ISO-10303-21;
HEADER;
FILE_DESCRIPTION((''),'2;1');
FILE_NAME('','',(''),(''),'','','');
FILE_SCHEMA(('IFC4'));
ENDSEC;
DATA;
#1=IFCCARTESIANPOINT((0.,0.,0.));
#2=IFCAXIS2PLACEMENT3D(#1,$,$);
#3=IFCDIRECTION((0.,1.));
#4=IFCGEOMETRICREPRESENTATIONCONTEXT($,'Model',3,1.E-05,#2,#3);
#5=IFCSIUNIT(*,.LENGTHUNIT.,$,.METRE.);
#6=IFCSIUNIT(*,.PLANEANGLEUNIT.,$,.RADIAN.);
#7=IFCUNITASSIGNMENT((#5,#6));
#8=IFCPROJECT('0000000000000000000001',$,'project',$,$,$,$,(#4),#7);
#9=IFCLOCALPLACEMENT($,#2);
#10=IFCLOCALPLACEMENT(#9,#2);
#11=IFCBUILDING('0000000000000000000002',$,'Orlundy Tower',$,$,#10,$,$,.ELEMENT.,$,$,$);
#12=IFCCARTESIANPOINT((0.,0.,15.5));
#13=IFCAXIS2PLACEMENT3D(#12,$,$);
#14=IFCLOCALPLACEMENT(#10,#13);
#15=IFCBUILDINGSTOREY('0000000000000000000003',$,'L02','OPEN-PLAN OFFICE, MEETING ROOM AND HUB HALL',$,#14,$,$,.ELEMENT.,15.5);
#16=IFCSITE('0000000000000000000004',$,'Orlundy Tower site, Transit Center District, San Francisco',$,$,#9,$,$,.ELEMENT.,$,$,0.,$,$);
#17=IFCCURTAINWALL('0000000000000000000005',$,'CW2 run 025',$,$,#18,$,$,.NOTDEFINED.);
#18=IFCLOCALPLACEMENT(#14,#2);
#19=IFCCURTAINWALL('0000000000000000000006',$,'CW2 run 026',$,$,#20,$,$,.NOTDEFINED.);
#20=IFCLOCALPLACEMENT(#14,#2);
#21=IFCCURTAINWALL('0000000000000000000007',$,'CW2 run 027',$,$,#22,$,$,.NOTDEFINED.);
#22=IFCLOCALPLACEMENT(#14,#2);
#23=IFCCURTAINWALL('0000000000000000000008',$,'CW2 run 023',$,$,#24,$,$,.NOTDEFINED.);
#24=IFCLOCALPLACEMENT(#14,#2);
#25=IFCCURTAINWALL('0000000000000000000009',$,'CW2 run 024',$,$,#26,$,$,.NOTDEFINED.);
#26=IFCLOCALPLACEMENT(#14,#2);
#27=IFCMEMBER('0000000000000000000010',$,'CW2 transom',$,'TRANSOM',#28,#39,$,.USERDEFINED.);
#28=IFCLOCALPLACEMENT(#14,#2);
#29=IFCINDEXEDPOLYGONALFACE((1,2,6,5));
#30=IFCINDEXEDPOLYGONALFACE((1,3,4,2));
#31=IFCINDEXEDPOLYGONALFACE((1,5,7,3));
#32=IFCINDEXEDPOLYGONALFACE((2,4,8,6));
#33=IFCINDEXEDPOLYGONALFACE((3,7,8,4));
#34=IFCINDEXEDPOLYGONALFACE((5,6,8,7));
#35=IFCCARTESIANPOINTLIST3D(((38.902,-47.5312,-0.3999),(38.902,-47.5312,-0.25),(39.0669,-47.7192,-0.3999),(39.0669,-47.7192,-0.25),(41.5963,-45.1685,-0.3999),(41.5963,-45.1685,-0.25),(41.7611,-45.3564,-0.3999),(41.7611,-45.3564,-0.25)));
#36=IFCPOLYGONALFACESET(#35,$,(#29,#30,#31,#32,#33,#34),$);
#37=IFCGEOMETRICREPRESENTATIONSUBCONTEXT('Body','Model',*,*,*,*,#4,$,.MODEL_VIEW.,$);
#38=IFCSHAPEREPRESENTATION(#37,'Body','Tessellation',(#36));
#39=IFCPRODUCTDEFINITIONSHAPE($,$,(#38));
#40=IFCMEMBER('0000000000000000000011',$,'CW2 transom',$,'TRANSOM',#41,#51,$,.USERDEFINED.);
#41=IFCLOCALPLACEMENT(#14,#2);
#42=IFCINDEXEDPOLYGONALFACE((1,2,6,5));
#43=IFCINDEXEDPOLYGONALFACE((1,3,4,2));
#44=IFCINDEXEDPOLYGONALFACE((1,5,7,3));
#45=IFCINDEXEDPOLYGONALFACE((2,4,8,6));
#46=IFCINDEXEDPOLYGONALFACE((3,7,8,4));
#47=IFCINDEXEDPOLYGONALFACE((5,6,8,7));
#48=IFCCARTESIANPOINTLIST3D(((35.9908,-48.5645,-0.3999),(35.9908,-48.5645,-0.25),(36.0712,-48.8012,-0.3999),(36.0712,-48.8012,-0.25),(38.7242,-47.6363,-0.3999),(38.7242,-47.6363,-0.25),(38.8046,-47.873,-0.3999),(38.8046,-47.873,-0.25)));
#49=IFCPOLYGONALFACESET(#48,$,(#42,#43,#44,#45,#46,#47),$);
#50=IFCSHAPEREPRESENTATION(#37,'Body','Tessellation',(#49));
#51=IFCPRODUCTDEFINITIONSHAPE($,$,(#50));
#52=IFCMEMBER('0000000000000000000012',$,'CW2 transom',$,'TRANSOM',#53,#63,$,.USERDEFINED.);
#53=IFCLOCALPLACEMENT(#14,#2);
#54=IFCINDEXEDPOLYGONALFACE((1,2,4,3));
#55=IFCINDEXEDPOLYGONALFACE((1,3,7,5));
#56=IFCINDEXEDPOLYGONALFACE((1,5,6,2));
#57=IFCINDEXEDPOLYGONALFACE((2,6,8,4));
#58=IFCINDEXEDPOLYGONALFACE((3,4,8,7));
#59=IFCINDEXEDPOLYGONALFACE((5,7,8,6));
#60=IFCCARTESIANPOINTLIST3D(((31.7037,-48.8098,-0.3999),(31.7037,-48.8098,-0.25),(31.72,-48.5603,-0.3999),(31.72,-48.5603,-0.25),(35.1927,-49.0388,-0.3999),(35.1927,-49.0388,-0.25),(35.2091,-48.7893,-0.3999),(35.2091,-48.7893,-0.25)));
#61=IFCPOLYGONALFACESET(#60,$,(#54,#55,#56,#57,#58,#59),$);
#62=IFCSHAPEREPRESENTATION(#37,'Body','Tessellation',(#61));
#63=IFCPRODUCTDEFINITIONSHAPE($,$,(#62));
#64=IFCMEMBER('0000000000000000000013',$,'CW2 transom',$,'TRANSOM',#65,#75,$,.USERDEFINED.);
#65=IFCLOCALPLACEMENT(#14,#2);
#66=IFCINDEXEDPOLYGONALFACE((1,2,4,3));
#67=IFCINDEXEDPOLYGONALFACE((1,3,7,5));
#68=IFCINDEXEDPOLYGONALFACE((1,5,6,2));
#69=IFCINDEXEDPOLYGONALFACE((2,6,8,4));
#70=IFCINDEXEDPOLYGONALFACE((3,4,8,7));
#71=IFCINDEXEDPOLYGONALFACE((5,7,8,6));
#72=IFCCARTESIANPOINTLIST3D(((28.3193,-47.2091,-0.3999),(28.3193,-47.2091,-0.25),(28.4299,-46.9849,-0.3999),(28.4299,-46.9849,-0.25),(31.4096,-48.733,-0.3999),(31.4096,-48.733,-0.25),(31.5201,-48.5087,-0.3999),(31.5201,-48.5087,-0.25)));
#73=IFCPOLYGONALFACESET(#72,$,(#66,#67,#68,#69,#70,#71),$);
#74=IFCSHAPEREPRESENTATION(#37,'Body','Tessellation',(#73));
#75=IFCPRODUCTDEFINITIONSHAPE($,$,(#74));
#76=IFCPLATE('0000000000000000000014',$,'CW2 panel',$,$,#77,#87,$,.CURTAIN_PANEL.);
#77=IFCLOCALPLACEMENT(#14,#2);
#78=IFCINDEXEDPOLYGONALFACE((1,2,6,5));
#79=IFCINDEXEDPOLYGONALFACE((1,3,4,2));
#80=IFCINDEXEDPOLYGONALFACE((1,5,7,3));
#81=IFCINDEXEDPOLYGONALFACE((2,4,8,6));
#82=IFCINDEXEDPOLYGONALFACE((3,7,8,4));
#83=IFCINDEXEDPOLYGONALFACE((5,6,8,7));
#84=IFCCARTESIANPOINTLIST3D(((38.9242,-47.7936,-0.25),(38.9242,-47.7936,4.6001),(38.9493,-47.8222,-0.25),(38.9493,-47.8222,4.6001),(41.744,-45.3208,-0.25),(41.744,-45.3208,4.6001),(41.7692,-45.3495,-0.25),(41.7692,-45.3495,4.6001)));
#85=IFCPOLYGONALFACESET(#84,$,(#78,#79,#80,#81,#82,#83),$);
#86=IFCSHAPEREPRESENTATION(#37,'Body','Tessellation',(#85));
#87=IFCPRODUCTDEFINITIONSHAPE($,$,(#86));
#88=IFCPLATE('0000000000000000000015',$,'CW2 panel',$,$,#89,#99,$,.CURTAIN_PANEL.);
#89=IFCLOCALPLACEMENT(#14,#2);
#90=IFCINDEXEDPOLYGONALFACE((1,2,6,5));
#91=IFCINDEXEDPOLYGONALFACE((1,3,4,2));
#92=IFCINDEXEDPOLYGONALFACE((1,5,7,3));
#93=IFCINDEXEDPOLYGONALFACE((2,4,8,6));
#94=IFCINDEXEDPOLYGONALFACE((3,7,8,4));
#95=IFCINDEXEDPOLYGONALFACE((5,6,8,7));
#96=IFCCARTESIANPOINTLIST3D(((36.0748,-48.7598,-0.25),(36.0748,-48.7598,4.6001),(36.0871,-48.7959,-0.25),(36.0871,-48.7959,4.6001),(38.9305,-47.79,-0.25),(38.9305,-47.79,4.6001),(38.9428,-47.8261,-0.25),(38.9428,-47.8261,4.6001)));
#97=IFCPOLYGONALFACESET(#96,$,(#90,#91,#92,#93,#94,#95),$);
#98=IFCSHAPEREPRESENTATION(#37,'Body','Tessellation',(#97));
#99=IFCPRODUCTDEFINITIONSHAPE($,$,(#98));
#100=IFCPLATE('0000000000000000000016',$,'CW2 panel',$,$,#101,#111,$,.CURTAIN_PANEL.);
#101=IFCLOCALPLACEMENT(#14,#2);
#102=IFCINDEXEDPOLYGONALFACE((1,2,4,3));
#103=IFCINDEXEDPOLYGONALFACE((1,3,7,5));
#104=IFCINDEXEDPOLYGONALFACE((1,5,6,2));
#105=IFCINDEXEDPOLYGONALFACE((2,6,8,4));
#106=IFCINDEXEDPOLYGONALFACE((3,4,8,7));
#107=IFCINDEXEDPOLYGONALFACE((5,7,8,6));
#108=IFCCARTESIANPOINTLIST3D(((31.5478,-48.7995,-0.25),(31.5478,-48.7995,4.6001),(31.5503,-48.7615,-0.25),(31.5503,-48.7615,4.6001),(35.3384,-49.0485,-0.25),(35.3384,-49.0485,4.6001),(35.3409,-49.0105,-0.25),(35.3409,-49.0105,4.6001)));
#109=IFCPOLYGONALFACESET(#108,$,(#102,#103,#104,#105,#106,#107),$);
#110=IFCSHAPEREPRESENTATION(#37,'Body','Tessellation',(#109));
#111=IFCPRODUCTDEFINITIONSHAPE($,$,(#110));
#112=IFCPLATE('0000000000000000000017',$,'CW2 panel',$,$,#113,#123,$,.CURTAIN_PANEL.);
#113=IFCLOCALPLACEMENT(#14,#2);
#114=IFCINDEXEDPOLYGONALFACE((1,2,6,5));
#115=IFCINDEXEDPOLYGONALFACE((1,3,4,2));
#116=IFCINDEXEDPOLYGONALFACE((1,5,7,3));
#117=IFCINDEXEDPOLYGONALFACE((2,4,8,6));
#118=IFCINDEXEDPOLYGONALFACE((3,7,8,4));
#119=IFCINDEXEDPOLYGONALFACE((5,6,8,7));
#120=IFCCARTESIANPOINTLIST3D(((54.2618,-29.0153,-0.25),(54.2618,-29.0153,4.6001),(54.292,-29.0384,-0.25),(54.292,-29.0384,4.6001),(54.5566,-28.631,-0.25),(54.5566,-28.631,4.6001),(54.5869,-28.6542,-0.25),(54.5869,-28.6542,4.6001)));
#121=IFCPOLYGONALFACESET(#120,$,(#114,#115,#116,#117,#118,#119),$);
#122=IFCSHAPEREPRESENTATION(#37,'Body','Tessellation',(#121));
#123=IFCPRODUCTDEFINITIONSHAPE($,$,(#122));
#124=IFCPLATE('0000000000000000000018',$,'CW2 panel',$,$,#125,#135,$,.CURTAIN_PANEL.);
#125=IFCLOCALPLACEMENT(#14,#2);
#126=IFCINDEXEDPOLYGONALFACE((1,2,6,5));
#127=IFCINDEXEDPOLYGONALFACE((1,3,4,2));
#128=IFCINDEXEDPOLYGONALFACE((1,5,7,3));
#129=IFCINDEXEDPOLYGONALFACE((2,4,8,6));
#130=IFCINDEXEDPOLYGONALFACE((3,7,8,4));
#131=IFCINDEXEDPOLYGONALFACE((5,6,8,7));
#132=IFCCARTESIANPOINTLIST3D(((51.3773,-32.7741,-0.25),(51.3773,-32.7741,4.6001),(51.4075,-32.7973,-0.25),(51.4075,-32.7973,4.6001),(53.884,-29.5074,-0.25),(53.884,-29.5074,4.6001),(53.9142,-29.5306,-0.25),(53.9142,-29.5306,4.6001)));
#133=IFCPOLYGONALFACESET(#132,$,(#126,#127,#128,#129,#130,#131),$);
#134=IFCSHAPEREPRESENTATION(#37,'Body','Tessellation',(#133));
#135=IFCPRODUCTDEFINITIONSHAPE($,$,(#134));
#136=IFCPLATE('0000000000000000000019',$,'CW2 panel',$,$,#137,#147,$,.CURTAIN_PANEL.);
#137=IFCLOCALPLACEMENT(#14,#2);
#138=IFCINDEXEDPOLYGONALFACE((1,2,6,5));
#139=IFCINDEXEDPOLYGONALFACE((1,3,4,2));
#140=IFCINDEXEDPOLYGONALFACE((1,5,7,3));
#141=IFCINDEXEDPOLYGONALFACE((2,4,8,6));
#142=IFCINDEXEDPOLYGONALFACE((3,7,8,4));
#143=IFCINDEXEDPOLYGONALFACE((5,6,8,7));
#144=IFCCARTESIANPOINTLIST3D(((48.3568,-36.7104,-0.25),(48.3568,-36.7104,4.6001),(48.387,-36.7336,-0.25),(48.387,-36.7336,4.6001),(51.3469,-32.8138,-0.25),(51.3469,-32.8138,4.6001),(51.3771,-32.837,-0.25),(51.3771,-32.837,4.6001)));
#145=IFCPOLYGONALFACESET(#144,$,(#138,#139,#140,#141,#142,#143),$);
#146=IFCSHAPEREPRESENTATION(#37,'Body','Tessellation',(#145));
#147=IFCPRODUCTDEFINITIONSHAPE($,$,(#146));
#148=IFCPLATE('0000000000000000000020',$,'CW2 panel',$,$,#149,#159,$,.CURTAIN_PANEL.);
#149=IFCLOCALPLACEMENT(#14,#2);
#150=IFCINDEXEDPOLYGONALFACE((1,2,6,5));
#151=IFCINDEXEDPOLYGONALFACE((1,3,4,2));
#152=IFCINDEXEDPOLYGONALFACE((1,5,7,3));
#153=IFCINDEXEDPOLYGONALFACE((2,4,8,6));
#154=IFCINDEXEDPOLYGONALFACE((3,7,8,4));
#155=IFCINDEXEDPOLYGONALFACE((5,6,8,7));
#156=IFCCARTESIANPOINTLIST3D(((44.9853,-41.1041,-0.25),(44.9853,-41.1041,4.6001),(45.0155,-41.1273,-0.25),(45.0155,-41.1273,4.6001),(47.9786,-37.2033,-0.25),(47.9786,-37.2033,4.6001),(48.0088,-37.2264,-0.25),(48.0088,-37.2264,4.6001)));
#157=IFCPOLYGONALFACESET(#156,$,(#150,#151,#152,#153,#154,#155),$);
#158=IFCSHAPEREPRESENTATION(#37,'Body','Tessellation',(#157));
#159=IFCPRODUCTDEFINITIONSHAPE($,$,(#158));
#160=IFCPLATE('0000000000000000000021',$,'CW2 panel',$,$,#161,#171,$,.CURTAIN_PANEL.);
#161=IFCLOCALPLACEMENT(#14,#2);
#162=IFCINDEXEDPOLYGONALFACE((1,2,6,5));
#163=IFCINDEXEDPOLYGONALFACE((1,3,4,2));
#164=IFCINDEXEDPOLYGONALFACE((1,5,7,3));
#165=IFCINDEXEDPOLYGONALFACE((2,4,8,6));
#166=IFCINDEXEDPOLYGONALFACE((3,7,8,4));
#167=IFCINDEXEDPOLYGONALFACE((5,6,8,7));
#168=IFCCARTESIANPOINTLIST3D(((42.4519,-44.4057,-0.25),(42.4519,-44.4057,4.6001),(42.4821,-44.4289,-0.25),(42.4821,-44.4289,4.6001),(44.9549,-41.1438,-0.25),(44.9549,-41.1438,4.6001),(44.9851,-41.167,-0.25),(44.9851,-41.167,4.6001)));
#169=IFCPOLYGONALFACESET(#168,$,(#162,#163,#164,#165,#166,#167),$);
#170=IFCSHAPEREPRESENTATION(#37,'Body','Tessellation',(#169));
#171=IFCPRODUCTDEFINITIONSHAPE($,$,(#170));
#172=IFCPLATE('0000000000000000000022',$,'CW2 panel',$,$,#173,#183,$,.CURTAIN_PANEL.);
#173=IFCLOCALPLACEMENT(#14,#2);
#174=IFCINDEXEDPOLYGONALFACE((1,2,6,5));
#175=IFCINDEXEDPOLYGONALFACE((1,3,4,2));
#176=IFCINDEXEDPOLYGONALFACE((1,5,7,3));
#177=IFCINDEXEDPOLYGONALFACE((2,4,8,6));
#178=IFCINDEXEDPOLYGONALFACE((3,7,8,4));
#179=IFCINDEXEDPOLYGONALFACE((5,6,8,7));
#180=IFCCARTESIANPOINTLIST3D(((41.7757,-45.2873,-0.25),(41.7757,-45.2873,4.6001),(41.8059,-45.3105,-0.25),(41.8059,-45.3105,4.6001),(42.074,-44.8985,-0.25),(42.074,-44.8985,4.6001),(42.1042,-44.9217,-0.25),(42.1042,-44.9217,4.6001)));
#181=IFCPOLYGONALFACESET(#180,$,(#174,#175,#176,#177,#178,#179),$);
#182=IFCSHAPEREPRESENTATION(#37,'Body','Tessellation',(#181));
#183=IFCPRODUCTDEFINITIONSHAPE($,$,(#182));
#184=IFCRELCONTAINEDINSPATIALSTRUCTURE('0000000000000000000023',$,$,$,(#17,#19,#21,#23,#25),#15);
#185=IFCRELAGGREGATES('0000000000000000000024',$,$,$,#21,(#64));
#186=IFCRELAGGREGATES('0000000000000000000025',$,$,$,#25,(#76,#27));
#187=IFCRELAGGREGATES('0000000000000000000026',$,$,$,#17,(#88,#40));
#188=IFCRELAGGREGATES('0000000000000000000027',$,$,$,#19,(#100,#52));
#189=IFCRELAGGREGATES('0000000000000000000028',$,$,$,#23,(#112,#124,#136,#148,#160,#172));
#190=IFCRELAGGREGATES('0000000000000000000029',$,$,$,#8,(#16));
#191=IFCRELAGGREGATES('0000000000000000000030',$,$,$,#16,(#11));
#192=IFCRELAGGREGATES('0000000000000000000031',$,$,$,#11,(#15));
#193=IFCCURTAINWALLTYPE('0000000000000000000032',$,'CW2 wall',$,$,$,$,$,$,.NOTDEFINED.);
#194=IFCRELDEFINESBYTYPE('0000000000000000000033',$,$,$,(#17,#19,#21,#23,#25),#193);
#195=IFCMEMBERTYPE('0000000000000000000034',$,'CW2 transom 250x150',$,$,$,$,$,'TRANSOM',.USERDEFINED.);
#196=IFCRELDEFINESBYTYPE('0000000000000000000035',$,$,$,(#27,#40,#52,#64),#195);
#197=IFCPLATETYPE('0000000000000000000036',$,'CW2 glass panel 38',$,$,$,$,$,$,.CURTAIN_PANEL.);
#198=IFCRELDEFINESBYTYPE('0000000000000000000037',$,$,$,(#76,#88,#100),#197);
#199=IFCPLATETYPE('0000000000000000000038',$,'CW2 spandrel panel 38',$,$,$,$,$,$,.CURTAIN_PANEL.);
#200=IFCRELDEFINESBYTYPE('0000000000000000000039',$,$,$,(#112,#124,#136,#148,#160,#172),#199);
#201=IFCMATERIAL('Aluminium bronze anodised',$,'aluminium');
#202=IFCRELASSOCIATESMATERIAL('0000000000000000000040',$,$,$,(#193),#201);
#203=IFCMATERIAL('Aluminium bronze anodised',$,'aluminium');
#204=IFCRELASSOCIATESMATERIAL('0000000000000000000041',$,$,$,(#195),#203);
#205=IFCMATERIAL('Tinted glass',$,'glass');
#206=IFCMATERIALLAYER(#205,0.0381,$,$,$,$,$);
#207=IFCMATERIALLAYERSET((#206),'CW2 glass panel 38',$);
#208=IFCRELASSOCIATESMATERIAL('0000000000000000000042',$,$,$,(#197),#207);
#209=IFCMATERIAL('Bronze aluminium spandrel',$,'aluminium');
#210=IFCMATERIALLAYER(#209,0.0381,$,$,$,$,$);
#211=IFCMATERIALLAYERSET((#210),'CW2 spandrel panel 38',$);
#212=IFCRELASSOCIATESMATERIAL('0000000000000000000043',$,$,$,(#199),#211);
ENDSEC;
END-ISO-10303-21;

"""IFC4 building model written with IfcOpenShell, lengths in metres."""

from ifc_helpers import new_model, si_unit, direction, frame, origin, origin_2d, place, context, subcontext, project, spatial, rectangle, extrude, material, layer, layer_set, material_profile, profile_set, type_object, element, aggregate, save


model = new_model("IFC4")

# Units and contexts
model_context = context("Model", 3, precision=1e-05, world=origin(), true_north=direction((0.0, 1.0)))
body_context = subcontext(model_context, "Body", "Model", "MODEL_VIEW")
ifc_project = project(units=[si_unit("LENGTHUNIT", "METRE"), si_unit("PLANEANGLEUNIT", "RADIAN")], contexts=[model_context])

# Site, building, storey
site_placement = place(None, origin())
site = spatial("IfcSite", under=ifc_project, at=site_placement, Name="Orlundy Tower site, Transit Center District, San Francisco", CompositionType="ELEMENT", RefElevation=0.0)
building_placement = place(site_placement, origin())
building = spatial("IfcBuilding", under=site, at=building_placement, Name="Orlundy Tower", CompositionType="ELEMENT")
storey_placement = place(building_placement, frame((0.0, 0.0, 15.5)))
storey = spatial("IfcBuildingStorey", under=building, at=storey_placement, Name="L02", Description="OPEN-PLAN OFFICE, MEETING ROOM AND HUB HALL", CompositionType="ELEMENT", Elevation=15.5)

# Curtain walls
ifc_material_1 = material(Name="Aluminium bronze anodised", Category="aluminium")
curtain_wall_type = type_object("IfcCurtainWallType", Name="CW2 wall", PredefinedType="NOTDEFINED", material=ifc_material_1)
curtain_wall_1_placement = place(storey_placement, origin())
curtain_wall_1 = element("IfcCurtainWall", 1, at=curtain_wall_1_placement, inside=storey, type_object=curtain_wall_type, Name="CW2 run 025", PredefinedType="NOTDEFINED")
curtain_wall_2_placement = place(storey_placement, origin())
curtain_wall_2 = element("IfcCurtainWall", 2, at=curtain_wall_2_placement, inside=storey, type_object=curtain_wall_type, Name="CW2 run 026", PredefinedType="NOTDEFINED")
curtain_wall_3_placement = place(storey_placement, origin())
curtain_wall_3 = element("IfcCurtainWall", 3, at=curtain_wall_3_placement, inside=storey, type_object=curtain_wall_type, Name="CW2 run 027", PredefinedType="NOTDEFINED")

# Curtain wall
curtain_wall_4_placement = place(storey_placement, origin())
curtain_wall_4 = element("IfcCurtainWall", 4, at=curtain_wall_4_placement, inside=storey, type_object=curtain_wall_type, Name="CW2 run 023", PredefinedType="NOTDEFINED")

# Curtain wall
curtain_wall_5_placement = place(storey_placement, origin())
curtain_wall_5 = element("IfcCurtainWall", 5, at=curtain_wall_5_placement, inside=storey, type_object=curtain_wall_type, Name="CW2 run 024", PredefinedType="NOTDEFINED")

# Members
ifc_material_2 = material(Name="Aluminium bronze anodised", Category="aluminium")
ifc_material_profile_1 = material_profile(ifc_material_2, rectangle(XDim=0.25, YDim=0.1499, at=origin_2d()), Name="CW2 transom 250x150")
ifc_profile_set_1 = profile_set([ifc_material_profile_1], Name="Aluminium bronze anodised")
member_type_1 = type_object("IfcMemberType", Name="CW2 transom 250x150", ElementType="TRANSOM", PredefinedType="USERDEFINED", material=ifc_profile_set_1)
member_1_placement = place(storey_placement, frame((41.6787, -45.2625, -0.325), z_axis=(-0.75185, -0.659334, 0.0), x_axis=(0.659334, -0.75185, 0.0)))
member_1 = element("IfcMember", 6, at=member_1_placement, type_object=member_type_1, Name="CW2 transom", ObjectType="TRANSOM", PredefinedType="USERDEFINED", context=body_context, shape_type="SweptSolid", body=[
    extrude(rectangle(XDim=0.25, YDim=0.1499, at=origin_2d()), origin(), (0.0, 0.0, 1.0), 3.5835),
])
member_2_placement = place(storey_placement, frame((38.7644, -47.7546, -0.325), z_axis=(-0.946892, -0.321551, 0.0), x_axis=(0.321551, -0.946892, 0.0)))
member_2 = element("IfcMember", 7, at=member_2_placement, type_object=member_type_1, Name="CW2 transom", ObjectType="TRANSOM", PredefinedType="USERDEFINED", context=body_context, shape_type="SweptSolid", body=[
    extrude(rectangle(XDim=0.25, YDim=0.1499, at=origin_2d()), origin(), (0.0, 0.0, 1.0), 2.8867),
])
member_3_placement = place(storey_placement, frame((35.2009, -48.9141, -0.325), z_axis=(-0.997853, 0.065495, 0.0), x_axis=(-0.065495, -0.997853, 0.0)))
member_3 = element("IfcMember", 8, at=member_3_placement, type_object=member_type_1, Name="CW2 transom", ObjectType="TRANSOM", PredefinedType="USERDEFINED", context=body_context, shape_type="SweptSolid", body=[
    extrude(rectangle(XDim=0.25, YDim=0.1499, at=origin_2d()), origin(), (0.0, 0.0, 1.0), 3.4966),
])
member_4_placement = place(storey_placement, frame((31.4648, -48.6208, -0.325), z_axis=(-0.896879, 0.442275, 0.0), x_axis=(-0.442275, -0.896879, 0.0)))
member_4 = element("IfcMember", 9, at=member_4_placement, type_object=member_type_1, Name="CW2 transom", ObjectType="TRANSOM", PredefinedType="USERDEFINED", context=body_context, shape_type="SweptSolid", body=[
    extrude(rectangle(XDim=0.25, YDim=0.1499, at=origin_2d()), origin(), (0.0, 0.0, 1.0), 3.4456),
])
aggregate(curtain_wall_3, [member_4])

# Plates
ifc_material_3 = material(Name="Tinted glass", Category="glass")
ifc_layer_1 = layer(ifc_material_3, 0.0381)
ifc_layer_set_1 = layer_set([ifc_layer_1], Name="CW2 glass panel 38")
plate_type_1 = type_object("IfcPlateType", Name="CW2 glass panel 38", PredefinedType="CURTAIN_PANEL", material=ifc_layer_set_1)
plate_1_placement = place(storey_placement, frame((40.3467, -46.5715, -0.25), z_axis=(0.0, 0.0, 1.0), x_axis=(-0.751858, -0.659325, 0.0)))
plate_1 = element("IfcPlate", 10, at=plate_1_placement, type_object=plate_type_1, Name="CW2 panel", PredefinedType="CURTAIN_PANEL", context=body_context, shape_type="SweptSolid", body=[
    extrude(rectangle(XDim=3.7505, YDim=0.0381, at=origin_2d()), origin(), (0.0, 0.0, 1.0), 4.8501),
])
aggregate(curtain_wall_5, [plate_1, member_1])
plate_2_placement = place(storey_placement, frame((37.5088, -48.293, -0.25), z_axis=(0.0, 0.0, 1.0), x_axis=(-0.946888, -0.321564, 0.0)))
plate_2 = element("IfcPlate", 11, at=plate_2_placement, type_object=plate_type_1, Name="CW2 panel", PredefinedType="CURTAIN_PANEL", context=body_context, shape_type="SweptSolid", body=[
    extrude(rectangle(XDim=3.0159, YDim=0.0381, at=origin_2d()), origin(), (0.0, 0.0, 1.0), 4.8501),
])
aggregate(curtain_wall_1, [plate_2, member_2])
plate_3_placement = place(storey_placement, frame((33.4443, -48.905, -0.25), z_axis=(0.0, 0.0, 1.0), x_axis=(-0.997849, 0.065552, 0.0)))
plate_3 = element("IfcPlate", 12, at=plate_3_placement, type_object=plate_type_1, Name="CW2 panel", PredefinedType="CURTAIN_PANEL", context=body_context, shape_type="SweptSolid", body=[
    extrude(rectangle(XDim=3.7988, YDim=0.0381, at=origin_2d()), origin(), (0.0, 0.0, 1.0), 4.8501),
])
aggregate(curtain_wall_2, [plate_3, member_3])
ifc_material_4 = material(Name="Bronze aluminium spandrel", Category="aluminium")
ifc_layer_2 = layer(ifc_material_4, 0.0381)
ifc_layer_set_2 = layer_set([ifc_layer_2], Name="CW2 spandrel panel 38")
plate_type_2 = type_object("IfcPlateType", Name="CW2 spandrel panel 38", PredefinedType="CURTAIN_PANEL", material=ifc_layer_set_2)
plate_4_placement = place(storey_placement, frame((54.4243, -28.8347, -0.25), z_axis=(0.0, 0.0, 1.0), x_axis=(-0.608771, -0.793346, 0.0)))
plate_4 = element("IfcPlate", 13, at=plate_4_placement, type_object=plate_type_2, Name="CW2 panel", PredefinedType="CURTAIN_PANEL", context=body_context, shape_type="SweptSolid", body=[
    extrude(rectangle(XDim=0.4844, YDim=0.0381, at=origin_2d()), origin(), (0.0, 0.0, 1.0), 4.8501),
])
plate_5_placement = place(storey_placement, frame((52.6458, -31.1523, -0.25), z_axis=(0.0, 0.0, 1.0), x_axis=(-0.608771, -0.793346, 0.0)))
plate_5 = element("IfcPlate", 14, at=plate_5_placement, type_object=plate_type_2, Name="CW2 panel", PredefinedType="CURTAIN_PANEL", context=body_context, shape_type="SweptSolid", body=[
    extrude(rectangle(XDim=4.1177, YDim=0.0381, at=origin_2d()), origin(), (0.0, 0.0, 1.0), 4.8501),
])
plate_6_placement = place(storey_placement, frame((49.8669, -34.7737, -0.25), z_axis=(0.0, 0.0, 1.0), x_axis=(-0.608771, -0.793346, 0.0)))
plate_6 = element("IfcPlate", 15, at=plate_6_placement, type_object=plate_type_2, Name="CW2 panel", PredefinedType="CURTAIN_PANEL", context=body_context, shape_type="SweptSolid", body=[
    extrude(rectangle(XDim=4.9116, YDim=0.0381, at=origin_2d()), origin(), (0.0, 0.0, 1.0), 4.8501),
])
plate_7_placement = place(storey_placement, frame((46.4971, -39.1653, -0.25), z_axis=(0.0, 0.0, 1.0), x_axis=(-0.608771, -0.793346, 0.0)))
plate_7 = element("IfcPlate", 16, at=plate_7_placement, type_object=plate_type_2, Name="CW2 panel", PredefinedType="CURTAIN_PANEL", context=body_context, shape_type="SweptSolid", body=[
    extrude(rectangle(XDim=4.917, YDim=0.0381, at=origin_2d()), origin(), (0.0, 0.0, 1.0), 4.8501),
])
plate_8_placement = place(storey_placement, frame((43.7185, -42.7864, -0.25), z_axis=(0.0, 0.0, 1.0), x_axis=(-0.608771, -0.793346, 0.0)))
plate_8 = element("IfcPlate", 17, at=plate_8_placement, type_object=plate_type_2, Name="CW2 panel", PredefinedType="CURTAIN_PANEL", context=body_context, shape_type="SweptSolid", body=[
    extrude(rectangle(XDim=4.1116, YDim=0.0381, at=origin_2d()), origin(), (0.0, 0.0, 1.0), 4.8501),
])
plate_9_placement = place(storey_placement, frame((41.9399, -45.1045, -0.25), z_axis=(0.0, 0.0, 1.0), x_axis=(-0.608771, -0.793346, 0.0)))
plate_9 = element("IfcPlate", 18, at=plate_9_placement, type_object=plate_type_2, Name="CW2 panel", PredefinedType="CURTAIN_PANEL", context=body_context, shape_type="SweptSolid", body=[
    extrude(rectangle(XDim=0.49, YDim=0.0381, at=origin_2d()), origin(), (0.0, 0.0, 1.0), 4.8501),
])
aggregate(curtain_wall_4, [plate_4, plate_5, plate_6, plate_7, plate_8, plate_9])

save(model, "model.ifc")
